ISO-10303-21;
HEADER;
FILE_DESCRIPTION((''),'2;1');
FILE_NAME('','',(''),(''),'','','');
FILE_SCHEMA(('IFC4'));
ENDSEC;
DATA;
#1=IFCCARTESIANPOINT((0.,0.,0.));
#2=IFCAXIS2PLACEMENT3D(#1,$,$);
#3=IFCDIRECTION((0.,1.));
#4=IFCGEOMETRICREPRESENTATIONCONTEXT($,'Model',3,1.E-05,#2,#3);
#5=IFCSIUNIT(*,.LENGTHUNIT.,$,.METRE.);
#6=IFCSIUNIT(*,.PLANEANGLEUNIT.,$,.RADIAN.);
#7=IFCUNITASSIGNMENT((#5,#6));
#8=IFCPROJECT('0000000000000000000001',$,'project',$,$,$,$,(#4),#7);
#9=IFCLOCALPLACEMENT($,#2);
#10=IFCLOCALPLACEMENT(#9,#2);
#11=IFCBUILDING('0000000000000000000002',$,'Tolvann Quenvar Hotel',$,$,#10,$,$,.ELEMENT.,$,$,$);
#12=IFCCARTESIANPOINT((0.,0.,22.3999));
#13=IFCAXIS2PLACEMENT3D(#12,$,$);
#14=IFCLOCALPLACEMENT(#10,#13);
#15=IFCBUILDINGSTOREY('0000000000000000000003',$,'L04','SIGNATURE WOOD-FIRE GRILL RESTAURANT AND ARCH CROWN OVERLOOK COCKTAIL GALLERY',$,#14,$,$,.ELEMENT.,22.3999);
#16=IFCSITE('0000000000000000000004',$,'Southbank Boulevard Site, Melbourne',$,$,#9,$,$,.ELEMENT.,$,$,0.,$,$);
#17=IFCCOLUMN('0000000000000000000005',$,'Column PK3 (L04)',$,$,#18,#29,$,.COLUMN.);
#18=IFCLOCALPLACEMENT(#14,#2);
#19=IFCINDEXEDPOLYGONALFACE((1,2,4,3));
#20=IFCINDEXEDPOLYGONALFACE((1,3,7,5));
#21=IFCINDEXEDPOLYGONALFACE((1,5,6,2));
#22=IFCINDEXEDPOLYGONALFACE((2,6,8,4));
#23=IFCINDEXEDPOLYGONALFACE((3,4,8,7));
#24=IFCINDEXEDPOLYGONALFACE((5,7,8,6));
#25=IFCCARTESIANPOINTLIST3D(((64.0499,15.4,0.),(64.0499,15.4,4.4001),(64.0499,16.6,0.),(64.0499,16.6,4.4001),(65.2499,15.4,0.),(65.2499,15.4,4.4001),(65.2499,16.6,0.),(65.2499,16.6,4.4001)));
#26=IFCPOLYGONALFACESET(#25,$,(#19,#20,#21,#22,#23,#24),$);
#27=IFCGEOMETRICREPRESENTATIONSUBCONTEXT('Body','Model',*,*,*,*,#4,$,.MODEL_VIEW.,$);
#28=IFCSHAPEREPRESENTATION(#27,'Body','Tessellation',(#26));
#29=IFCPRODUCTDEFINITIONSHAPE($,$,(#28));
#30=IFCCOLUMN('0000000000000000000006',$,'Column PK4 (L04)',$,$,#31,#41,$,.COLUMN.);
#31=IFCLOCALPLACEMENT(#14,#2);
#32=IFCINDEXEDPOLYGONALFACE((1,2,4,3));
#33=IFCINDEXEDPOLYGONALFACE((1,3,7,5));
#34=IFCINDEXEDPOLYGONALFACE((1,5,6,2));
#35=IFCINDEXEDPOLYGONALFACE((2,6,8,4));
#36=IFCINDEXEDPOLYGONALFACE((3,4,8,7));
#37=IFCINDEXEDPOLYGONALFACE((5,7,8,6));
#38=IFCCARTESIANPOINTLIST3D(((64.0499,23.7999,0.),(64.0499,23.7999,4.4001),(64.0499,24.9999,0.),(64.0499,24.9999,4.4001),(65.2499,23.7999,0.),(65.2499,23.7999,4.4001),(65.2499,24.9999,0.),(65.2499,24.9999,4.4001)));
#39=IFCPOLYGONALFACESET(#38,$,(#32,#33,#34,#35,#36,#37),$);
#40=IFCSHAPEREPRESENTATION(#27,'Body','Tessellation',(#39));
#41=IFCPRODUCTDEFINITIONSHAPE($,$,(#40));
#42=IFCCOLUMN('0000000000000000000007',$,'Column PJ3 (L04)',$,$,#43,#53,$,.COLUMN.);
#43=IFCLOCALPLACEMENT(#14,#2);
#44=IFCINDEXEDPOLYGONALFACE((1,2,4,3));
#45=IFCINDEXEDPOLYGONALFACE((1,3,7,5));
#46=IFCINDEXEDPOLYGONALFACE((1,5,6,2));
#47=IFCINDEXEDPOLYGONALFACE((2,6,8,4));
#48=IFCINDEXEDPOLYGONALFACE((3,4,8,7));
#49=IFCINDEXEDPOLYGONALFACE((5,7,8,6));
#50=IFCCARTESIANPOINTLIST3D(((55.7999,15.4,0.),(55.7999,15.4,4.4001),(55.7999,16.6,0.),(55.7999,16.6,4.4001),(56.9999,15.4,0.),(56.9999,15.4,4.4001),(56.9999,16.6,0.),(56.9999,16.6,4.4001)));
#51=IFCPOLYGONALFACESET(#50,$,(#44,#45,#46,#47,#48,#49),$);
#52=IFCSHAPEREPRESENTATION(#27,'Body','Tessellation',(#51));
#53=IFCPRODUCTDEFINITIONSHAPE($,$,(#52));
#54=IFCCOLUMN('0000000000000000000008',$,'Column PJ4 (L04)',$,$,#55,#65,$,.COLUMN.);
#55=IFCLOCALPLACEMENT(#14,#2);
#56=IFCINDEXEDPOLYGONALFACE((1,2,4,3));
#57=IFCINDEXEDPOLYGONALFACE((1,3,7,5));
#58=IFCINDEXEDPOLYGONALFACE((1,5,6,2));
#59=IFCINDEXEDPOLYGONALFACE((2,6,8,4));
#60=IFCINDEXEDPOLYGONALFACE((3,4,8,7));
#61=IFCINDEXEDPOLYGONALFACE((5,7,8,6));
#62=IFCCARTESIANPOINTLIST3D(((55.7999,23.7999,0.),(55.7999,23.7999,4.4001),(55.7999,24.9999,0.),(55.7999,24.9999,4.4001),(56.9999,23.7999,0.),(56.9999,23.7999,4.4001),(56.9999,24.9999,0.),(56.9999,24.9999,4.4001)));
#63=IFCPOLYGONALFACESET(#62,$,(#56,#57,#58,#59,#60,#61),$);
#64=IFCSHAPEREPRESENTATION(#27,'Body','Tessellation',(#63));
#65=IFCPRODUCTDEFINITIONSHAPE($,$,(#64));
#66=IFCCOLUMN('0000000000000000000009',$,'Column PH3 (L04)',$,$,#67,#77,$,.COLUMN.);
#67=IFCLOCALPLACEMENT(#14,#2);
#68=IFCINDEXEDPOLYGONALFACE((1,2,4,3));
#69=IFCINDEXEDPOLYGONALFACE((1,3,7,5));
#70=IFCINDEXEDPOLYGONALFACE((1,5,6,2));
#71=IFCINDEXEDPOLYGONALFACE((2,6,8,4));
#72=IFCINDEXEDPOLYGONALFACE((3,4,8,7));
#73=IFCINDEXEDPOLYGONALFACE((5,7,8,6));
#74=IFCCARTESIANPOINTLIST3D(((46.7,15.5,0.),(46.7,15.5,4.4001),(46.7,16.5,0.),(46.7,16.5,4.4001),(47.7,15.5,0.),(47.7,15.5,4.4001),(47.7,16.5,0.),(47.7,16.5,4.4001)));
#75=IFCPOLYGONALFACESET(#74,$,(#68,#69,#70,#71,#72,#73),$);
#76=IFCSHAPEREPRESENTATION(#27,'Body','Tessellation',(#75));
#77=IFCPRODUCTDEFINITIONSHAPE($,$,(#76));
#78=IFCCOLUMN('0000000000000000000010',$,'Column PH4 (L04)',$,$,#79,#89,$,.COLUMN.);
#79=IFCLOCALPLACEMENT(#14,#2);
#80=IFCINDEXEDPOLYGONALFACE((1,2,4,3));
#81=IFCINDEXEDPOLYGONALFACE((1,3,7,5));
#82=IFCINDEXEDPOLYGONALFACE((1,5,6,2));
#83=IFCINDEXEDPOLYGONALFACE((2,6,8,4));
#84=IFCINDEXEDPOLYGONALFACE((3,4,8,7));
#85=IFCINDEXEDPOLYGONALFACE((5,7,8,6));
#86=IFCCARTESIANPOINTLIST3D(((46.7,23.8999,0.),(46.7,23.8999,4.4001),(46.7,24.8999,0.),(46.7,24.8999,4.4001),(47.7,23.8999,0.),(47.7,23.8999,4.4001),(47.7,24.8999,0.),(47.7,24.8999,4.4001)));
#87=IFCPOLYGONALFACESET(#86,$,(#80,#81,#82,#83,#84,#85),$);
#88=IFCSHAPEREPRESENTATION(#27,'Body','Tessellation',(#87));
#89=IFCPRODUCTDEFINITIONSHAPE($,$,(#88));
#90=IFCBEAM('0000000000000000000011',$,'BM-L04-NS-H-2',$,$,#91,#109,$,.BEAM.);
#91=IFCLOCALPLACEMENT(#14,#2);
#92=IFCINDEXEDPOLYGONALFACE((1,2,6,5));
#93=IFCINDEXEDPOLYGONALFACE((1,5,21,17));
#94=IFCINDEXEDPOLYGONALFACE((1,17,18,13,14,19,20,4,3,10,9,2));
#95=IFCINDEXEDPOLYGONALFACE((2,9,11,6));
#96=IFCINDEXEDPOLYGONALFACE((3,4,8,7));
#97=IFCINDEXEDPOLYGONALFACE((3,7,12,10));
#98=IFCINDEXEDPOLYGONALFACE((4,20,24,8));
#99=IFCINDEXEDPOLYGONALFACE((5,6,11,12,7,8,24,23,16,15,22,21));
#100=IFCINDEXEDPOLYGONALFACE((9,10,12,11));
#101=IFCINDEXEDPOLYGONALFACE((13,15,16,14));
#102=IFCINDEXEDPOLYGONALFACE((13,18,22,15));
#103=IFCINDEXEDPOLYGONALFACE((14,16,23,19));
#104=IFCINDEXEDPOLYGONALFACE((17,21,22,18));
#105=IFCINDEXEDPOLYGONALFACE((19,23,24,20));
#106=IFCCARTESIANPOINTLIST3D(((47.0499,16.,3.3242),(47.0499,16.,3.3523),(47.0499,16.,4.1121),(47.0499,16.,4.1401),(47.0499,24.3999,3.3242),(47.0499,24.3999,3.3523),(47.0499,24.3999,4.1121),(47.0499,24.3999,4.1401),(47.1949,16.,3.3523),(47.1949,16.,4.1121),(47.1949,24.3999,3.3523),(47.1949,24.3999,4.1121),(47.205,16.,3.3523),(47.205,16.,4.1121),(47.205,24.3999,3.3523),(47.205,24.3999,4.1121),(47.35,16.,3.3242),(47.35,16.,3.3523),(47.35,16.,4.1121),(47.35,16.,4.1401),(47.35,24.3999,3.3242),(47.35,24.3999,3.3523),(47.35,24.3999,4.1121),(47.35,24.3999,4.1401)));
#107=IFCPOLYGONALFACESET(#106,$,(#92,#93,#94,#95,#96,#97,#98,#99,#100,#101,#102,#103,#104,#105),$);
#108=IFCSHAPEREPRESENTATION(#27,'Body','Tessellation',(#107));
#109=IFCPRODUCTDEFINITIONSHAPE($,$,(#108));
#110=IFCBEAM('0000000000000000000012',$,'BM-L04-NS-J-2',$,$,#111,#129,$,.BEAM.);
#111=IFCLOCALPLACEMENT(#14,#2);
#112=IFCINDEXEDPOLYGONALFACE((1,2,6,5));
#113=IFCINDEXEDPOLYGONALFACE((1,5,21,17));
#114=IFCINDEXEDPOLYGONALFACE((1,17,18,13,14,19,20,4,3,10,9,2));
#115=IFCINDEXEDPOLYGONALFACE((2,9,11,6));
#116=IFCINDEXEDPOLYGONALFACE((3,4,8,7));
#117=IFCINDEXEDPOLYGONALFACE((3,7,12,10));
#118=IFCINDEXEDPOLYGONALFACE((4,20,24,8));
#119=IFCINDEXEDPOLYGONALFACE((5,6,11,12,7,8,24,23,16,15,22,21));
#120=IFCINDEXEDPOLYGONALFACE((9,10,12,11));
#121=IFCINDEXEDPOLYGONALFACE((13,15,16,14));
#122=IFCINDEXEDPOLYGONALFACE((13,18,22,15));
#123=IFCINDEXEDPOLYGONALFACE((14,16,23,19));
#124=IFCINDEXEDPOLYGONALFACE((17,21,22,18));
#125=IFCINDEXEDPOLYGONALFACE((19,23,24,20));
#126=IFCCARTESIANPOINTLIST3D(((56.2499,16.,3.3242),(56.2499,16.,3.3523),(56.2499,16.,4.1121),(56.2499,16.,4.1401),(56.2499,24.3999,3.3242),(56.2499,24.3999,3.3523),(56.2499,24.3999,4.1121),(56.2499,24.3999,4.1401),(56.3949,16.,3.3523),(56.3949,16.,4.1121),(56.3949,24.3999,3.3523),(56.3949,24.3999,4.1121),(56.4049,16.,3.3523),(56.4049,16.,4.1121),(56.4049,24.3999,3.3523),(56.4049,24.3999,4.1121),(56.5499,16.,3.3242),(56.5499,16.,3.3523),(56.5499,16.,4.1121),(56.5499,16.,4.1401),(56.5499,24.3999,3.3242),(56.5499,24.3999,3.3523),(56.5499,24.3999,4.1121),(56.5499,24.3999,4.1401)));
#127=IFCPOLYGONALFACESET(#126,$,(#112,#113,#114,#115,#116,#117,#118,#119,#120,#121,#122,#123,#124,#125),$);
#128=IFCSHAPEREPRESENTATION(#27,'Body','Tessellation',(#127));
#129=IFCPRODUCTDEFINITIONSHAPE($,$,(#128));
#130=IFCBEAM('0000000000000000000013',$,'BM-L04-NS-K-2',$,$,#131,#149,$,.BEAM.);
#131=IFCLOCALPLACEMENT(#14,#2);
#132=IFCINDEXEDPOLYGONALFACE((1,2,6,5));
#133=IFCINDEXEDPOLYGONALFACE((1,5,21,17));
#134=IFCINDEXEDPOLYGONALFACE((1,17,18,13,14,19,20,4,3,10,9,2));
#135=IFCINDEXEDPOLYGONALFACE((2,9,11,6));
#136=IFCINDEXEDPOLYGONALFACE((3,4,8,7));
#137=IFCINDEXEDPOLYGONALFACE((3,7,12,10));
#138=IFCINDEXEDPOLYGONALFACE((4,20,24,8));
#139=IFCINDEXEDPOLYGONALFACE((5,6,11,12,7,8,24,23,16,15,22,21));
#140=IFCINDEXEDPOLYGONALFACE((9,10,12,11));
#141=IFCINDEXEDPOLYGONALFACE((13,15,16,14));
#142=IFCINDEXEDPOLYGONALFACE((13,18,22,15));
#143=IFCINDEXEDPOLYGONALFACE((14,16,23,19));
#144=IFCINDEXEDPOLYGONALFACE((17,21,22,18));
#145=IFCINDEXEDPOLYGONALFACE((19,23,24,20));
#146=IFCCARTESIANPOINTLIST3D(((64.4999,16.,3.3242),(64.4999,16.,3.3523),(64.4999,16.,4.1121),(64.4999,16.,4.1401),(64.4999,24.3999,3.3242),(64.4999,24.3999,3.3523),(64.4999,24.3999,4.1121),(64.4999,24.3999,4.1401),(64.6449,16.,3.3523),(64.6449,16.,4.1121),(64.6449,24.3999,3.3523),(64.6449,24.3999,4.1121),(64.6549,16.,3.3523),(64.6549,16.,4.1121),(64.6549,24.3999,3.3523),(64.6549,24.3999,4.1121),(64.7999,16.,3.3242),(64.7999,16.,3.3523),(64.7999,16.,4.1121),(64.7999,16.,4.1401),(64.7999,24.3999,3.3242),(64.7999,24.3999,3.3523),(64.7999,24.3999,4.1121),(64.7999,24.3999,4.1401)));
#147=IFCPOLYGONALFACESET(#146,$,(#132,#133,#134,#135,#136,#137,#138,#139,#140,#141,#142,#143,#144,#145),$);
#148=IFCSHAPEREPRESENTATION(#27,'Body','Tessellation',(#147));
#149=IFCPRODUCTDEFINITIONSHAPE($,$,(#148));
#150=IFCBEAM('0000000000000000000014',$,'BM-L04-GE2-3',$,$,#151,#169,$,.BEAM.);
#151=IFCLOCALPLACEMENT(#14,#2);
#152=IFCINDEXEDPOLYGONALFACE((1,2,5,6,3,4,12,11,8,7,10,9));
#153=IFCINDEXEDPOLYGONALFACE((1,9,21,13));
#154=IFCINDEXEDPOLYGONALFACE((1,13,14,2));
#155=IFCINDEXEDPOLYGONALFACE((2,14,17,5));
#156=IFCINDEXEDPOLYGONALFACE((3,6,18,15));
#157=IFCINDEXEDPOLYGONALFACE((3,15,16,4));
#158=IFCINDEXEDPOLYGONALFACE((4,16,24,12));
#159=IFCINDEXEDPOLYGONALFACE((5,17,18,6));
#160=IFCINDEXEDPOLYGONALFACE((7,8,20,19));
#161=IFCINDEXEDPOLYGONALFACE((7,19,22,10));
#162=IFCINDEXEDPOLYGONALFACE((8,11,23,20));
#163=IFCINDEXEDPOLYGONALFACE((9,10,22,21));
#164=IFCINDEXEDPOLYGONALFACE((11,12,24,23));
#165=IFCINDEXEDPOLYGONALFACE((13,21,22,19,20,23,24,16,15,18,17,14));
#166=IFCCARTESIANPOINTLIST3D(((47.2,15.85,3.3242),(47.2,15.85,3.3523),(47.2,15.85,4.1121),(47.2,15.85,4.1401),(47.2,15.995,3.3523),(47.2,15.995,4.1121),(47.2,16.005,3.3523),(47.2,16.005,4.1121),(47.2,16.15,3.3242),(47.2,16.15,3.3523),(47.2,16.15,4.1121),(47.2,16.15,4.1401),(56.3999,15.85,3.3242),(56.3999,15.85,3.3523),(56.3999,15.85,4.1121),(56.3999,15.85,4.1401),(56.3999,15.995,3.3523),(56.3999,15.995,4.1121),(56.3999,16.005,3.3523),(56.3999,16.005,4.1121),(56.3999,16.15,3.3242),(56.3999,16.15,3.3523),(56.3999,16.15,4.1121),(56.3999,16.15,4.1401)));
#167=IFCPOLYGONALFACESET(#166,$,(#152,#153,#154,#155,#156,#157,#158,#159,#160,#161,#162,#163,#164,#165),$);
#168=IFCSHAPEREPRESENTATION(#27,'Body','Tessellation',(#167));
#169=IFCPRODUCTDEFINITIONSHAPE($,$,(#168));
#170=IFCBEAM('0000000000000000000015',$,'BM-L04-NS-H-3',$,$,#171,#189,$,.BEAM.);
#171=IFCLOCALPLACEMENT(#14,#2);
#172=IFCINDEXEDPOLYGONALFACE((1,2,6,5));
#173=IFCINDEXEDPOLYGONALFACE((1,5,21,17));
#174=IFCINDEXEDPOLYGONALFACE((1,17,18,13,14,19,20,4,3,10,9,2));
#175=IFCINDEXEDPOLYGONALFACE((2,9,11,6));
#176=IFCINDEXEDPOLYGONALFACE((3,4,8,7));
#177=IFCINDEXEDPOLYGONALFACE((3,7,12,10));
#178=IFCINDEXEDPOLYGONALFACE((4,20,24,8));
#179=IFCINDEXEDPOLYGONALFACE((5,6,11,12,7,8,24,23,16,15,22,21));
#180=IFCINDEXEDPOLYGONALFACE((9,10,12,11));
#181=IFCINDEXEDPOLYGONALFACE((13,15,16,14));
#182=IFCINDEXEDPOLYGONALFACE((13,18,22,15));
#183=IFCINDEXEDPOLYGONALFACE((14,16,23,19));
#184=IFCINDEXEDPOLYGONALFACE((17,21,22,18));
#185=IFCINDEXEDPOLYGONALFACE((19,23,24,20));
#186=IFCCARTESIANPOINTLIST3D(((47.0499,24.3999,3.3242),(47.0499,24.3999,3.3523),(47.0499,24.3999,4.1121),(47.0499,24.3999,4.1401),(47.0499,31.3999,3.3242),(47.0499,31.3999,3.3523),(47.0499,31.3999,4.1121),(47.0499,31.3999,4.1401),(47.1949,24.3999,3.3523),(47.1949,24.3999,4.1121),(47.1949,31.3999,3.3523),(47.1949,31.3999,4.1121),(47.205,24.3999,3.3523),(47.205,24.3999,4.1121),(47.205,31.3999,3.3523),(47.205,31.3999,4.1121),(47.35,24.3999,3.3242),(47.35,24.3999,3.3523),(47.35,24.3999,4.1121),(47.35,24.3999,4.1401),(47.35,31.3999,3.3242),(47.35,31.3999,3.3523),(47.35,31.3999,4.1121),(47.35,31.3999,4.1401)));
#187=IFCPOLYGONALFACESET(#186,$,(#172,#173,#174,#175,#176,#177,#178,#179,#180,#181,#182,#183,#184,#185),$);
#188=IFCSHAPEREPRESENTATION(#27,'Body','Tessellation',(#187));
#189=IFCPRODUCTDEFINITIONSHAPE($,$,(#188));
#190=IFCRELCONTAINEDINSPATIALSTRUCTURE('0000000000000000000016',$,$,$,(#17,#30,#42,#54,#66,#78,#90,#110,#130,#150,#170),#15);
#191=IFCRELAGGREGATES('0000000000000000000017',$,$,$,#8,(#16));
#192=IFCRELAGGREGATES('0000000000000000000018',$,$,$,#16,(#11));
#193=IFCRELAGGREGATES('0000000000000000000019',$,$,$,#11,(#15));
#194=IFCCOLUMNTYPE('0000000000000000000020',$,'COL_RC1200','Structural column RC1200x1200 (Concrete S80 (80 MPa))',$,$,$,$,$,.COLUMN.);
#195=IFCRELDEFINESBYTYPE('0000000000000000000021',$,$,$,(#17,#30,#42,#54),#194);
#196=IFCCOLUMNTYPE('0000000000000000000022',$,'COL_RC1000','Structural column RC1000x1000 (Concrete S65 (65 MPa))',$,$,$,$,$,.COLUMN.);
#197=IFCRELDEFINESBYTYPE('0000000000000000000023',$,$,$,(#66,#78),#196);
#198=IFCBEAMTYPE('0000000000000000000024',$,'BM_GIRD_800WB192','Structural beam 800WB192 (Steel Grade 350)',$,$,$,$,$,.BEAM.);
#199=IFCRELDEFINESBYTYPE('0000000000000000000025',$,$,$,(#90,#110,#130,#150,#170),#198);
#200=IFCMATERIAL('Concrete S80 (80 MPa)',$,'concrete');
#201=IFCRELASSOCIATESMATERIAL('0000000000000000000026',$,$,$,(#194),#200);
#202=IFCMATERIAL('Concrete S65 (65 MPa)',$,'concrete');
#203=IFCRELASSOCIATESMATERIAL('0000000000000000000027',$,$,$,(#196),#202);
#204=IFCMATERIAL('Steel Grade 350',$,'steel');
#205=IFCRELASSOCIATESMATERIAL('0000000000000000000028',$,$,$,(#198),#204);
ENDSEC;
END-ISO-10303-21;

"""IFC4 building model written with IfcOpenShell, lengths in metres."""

from ifc_helpers import new_model, si_unit, direction, frame, origin, origin_2d, place, context, subcontext, project, spatial, rectangle, i_section, extrude, source, transform, mapped, material, material_profile, profile_set, type_object, type_shapes, element, save


model = new_model("IFC4")

# Units and contexts
model_context = context("Model", 3, precision=1e-05, world=origin(), true_north=direction((0.0, 1.0)))
body_context = subcontext(model_context, "Body", "Model", "MODEL_VIEW")
ifc_project = project(units=[si_unit("LENGTHUNIT", "METRE"), si_unit("PLANEANGLEUNIT", "RADIAN")], contexts=[model_context])

# Site, building, storey
site_placement = place(None, origin())
site = spatial("IfcSite", under=ifc_project, at=site_placement, Name="Southbank Boulevard Site, Melbourne", CompositionType="ELEMENT", RefElevation=0.0)
building_placement = place(site_placement, origin())
building = spatial("IfcBuilding", under=site, at=building_placement, Name="Tolvann Quenvar Hotel", CompositionType="ELEMENT")
storey_placement = place(building_placement, frame((0.0, 0.0, 22.3999)))
storey = spatial("IfcBuildingStorey", under=building, at=storey_placement, Name="L04", Description="SIGNATURE WOOD-FIRE GRILL RESTAURANT AND ARCH CROWN OVERLOOK COCKTAIL GALLERY", CompositionType="ELEMENT", Elevation=22.3999)

# Columns
ifc_material_1 = material(Name="Concrete S80 (80 MPa)", Category="concrete")
ifc_material_profile_1 = material_profile(ifc_material_1, rectangle(XDim=1.2, YDim=1.2, at=origin_2d()), Name="RC1200x1200")
ifc_profile_set_1 = profile_set([ifc_material_profile_1], Name="Concrete S80 (80 MPa)")
column_type_1 = type_object("IfcColumnType", Name="COL_RC1200", Description="Structural column RC1200x1200 (Concrete S80 (80 MPa))", PredefinedType="COLUMN", material=ifc_profile_set_1)
shared_shape_1 = source(origin(), body_context, "Body", "SweptSolid", [
    extrude(rectangle(XDim=1.2, YDim=1.2, at=origin_2d()), origin(), (0.0, 0.0, 1.0), 4.4001),
])
type_shapes(column_type_1, [shared_shape_1])
for number, where, z_axis, x_axis, name in (
    (1, (64.6499, 16.0, 0.0), (0.0, 0.0, 1.0), (1.0, 0.0, 0.0), "Column PK3 (L04)"),
    (2, (64.6499, 24.3999, 0.0), (0.0, 0.0, 1.0), (1.0, 0.0, 0.0), "Column PK4 (L04)"),
    (3, (56.3999, 16.0, 0.0), (0.0, 0.0, 1.0), (1.0, 0.0, 0.0), "Column PJ3 (L04)"),
    (4, (56.3999, 24.3999, 0.0), (0.0, 0.0, 1.0), (1.0, 0.0, 0.0), "Column PJ4 (L04)"),
):
    element("IfcColumn", number, at=place(storey_placement, frame(where, z_axis=z_axis, x_axis=x_axis)), inside=storey, type_object=column_type_1, Name=name, PredefinedType="COLUMN", context=body_context, shape_type="MappedRepresentation", body=[
        mapped(shared_shape_1, transform((0.0, 0.0, 0.0), x_axis=(1.0, 0.0, 0.0), y_axis=(0.0, 1.0, 0.0), z_axis=(0.0, 0.0, 1.0), scale=1.0)),
    ])
ifc_material_2 = material(Name="Concrete S65 (65 MPa)", Category="concrete")
ifc_material_profile_2 = material_profile(ifc_material_2, rectangle(XDim=1.0, YDim=1.0, at=origin_2d()), Name="RC1000x1000")
ifc_profile_set_2 = profile_set([ifc_material_profile_2], Name="Concrete S65 (65 MPa)")
column_type_2 = type_object("IfcColumnType", Name="COL_RC1000", Description="Structural column RC1000x1000 (Concrete S65 (65 MPa))", PredefinedType="COLUMN", material=ifc_profile_set_2)
shared_shape_2 = source(origin(), body_context, "Body", "SweptSolid", [
    extrude(rectangle(XDim=1.0, YDim=1.0, at=origin_2d()), origin(), (0.0, 0.0, 1.0), 4.4001),
])
type_shapes(column_type_2, [shared_shape_2])
for number, where, z_axis, x_axis, name in (
    (5, (47.2, 16.0, 0.0), (0.0, 0.0, 1.0), (1.0, 0.0, 0.0), "Column PH3 (L04)"),
    (6, (47.2, 24.3999, 0.0), (0.0, 0.0, 1.0), (1.0, 0.0, 0.0), "Column PH4 (L04)"),
):
    element("IfcColumn", number, at=place(storey_placement, frame(where, z_axis=z_axis, x_axis=x_axis)), inside=storey, type_object=column_type_2, Name=name, PredefinedType="COLUMN", context=body_context, shape_type="MappedRepresentation", body=[
        mapped(shared_shape_2, transform((0.0, 0.0, 0.0), x_axis=(1.0, 0.0, 0.0), y_axis=(0.0, 1.0, 0.0), z_axis=(0.0, 0.0, 1.0), scale=1.0)),
    ])

# Beams
ifc_material_3 = material(Name="Steel Grade 350", Category="steel")
ifc_material_profile_3 = material_profile(ifc_material_3, i_section(OverallWidth=0.3, OverallDepth=0.8159, WebThickness=0.01, FlangeThickness=0.0281, at=origin_2d()), Name="800WB192")
ifc_profile_set_3 = profile_set([ifc_material_profile_3], Name="Steel Grade 350")
beam_type_1 = type_object("IfcBeamType", Name="BM_GIRD_800WB192", Description="Structural beam 800WB192 (Steel Grade 350)", PredefinedType="BEAM", material=ifc_profile_set_3)
shared_shape_3 = source(origin(), body_context, "Body", "SweptSolid", [
    extrude(i_section(OverallWidth=0.3, OverallDepth=0.8159, WebThickness=0.01, FlangeThickness=0.0281, at=origin_2d()), origin(), (0.0, 0.0, 1.0), 8.3999),
])
for number, where, z_axis, x_axis, name in (
    (7, (47.2, 16.0, 3.7322), (0.0, 1.0, 0.0), (-1.0, 0.0, 0.0), "BM-L04-NS-H-2"),
    (8, (56.3999, 16.0, 3.7322), (0.0, 1.0, 0.0), (-1.0, 0.0, 0.0), "BM-L04-NS-J-2"),
    (9, (64.6499, 16.0, 3.7322), (0.0, 1.0, 0.0), (-1.0, 0.0, 0.0), "BM-L04-NS-K-2"),
):
    element("IfcBeam", number, at=place(storey_placement, frame(where, z_axis=z_axis, x_axis=x_axis)), inside=storey, type_object=beam_type_1, Name=name, PredefinedType="BEAM", context=body_context, shape_type="MappedRepresentation", body=[
        mapped(shared_shape_3, transform((0.0, 0.0, 0.0), x_axis=(1.0, 0.0, 0.0), y_axis=(0.0, 1.0, 0.0), z_axis=(0.0, 0.0, 1.0), scale=1.0)),
    ])
shared_shape_4 = source(origin(), body_context, "Body", "SweptSolid", [
    extrude(i_section(OverallWidth=0.3, OverallDepth=0.8159, WebThickness=0.01, FlangeThickness=0.0281, at=origin_2d()), origin(), (0.0, 0.0, 1.0), 9.2),
])
beam_1_placement = place(storey_placement, frame((47.2, 16.0, 3.7322), z_axis=(1.0, 0.0, 0.0), x_axis=(0.0, 1.0, 0.0)))
element("IfcBeam", 10, at=beam_1_placement, inside=storey, type_object=beam_type_1, Name="BM-L04-GE2-3", PredefinedType="BEAM", context=body_context, shape_type="MappedRepresentation", body=[
    mapped(shared_shape_4, transform((0.0, 0.0, 0.0), x_axis=(1.0, 0.0, 0.0), y_axis=(0.0, 1.0, 0.0), z_axis=(0.0, 0.0, 1.0), scale=1.0)),
])
shared_shape_5 = source(origin(), body_context, "Body", "SweptSolid", [
    extrude(i_section(OverallWidth=0.3, OverallDepth=0.8159, WebThickness=0.01, FlangeThickness=0.0281, at=origin_2d()), origin(), (0.0, 0.0, 1.0), 7.0),
])
for number, where, z_axis, x_axis, name in (
    (11, (47.2, 24.3999, 3.7322), (0.0, 1.0, 0.0), (-1.0, 0.0, 0.0), "BM-L04-NS-H-3"),
):
    element("IfcBeam", number, at=place(storey_placement, frame(where, z_axis=z_axis, x_axis=x_axis)), inside=storey, type_object=beam_type_1, Name=name, PredefinedType="BEAM", context=body_context, shape_type="MappedRepresentation", body=[
        mapped(shared_shape_5, transform((0.0, 0.0, 0.0), x_axis=(1.0, 0.0, 0.0), y_axis=(0.0, 1.0, 0.0), z_axis=(0.0, 0.0, 1.0), scale=1.0)),
    ])

save(model, "model.ifc")
